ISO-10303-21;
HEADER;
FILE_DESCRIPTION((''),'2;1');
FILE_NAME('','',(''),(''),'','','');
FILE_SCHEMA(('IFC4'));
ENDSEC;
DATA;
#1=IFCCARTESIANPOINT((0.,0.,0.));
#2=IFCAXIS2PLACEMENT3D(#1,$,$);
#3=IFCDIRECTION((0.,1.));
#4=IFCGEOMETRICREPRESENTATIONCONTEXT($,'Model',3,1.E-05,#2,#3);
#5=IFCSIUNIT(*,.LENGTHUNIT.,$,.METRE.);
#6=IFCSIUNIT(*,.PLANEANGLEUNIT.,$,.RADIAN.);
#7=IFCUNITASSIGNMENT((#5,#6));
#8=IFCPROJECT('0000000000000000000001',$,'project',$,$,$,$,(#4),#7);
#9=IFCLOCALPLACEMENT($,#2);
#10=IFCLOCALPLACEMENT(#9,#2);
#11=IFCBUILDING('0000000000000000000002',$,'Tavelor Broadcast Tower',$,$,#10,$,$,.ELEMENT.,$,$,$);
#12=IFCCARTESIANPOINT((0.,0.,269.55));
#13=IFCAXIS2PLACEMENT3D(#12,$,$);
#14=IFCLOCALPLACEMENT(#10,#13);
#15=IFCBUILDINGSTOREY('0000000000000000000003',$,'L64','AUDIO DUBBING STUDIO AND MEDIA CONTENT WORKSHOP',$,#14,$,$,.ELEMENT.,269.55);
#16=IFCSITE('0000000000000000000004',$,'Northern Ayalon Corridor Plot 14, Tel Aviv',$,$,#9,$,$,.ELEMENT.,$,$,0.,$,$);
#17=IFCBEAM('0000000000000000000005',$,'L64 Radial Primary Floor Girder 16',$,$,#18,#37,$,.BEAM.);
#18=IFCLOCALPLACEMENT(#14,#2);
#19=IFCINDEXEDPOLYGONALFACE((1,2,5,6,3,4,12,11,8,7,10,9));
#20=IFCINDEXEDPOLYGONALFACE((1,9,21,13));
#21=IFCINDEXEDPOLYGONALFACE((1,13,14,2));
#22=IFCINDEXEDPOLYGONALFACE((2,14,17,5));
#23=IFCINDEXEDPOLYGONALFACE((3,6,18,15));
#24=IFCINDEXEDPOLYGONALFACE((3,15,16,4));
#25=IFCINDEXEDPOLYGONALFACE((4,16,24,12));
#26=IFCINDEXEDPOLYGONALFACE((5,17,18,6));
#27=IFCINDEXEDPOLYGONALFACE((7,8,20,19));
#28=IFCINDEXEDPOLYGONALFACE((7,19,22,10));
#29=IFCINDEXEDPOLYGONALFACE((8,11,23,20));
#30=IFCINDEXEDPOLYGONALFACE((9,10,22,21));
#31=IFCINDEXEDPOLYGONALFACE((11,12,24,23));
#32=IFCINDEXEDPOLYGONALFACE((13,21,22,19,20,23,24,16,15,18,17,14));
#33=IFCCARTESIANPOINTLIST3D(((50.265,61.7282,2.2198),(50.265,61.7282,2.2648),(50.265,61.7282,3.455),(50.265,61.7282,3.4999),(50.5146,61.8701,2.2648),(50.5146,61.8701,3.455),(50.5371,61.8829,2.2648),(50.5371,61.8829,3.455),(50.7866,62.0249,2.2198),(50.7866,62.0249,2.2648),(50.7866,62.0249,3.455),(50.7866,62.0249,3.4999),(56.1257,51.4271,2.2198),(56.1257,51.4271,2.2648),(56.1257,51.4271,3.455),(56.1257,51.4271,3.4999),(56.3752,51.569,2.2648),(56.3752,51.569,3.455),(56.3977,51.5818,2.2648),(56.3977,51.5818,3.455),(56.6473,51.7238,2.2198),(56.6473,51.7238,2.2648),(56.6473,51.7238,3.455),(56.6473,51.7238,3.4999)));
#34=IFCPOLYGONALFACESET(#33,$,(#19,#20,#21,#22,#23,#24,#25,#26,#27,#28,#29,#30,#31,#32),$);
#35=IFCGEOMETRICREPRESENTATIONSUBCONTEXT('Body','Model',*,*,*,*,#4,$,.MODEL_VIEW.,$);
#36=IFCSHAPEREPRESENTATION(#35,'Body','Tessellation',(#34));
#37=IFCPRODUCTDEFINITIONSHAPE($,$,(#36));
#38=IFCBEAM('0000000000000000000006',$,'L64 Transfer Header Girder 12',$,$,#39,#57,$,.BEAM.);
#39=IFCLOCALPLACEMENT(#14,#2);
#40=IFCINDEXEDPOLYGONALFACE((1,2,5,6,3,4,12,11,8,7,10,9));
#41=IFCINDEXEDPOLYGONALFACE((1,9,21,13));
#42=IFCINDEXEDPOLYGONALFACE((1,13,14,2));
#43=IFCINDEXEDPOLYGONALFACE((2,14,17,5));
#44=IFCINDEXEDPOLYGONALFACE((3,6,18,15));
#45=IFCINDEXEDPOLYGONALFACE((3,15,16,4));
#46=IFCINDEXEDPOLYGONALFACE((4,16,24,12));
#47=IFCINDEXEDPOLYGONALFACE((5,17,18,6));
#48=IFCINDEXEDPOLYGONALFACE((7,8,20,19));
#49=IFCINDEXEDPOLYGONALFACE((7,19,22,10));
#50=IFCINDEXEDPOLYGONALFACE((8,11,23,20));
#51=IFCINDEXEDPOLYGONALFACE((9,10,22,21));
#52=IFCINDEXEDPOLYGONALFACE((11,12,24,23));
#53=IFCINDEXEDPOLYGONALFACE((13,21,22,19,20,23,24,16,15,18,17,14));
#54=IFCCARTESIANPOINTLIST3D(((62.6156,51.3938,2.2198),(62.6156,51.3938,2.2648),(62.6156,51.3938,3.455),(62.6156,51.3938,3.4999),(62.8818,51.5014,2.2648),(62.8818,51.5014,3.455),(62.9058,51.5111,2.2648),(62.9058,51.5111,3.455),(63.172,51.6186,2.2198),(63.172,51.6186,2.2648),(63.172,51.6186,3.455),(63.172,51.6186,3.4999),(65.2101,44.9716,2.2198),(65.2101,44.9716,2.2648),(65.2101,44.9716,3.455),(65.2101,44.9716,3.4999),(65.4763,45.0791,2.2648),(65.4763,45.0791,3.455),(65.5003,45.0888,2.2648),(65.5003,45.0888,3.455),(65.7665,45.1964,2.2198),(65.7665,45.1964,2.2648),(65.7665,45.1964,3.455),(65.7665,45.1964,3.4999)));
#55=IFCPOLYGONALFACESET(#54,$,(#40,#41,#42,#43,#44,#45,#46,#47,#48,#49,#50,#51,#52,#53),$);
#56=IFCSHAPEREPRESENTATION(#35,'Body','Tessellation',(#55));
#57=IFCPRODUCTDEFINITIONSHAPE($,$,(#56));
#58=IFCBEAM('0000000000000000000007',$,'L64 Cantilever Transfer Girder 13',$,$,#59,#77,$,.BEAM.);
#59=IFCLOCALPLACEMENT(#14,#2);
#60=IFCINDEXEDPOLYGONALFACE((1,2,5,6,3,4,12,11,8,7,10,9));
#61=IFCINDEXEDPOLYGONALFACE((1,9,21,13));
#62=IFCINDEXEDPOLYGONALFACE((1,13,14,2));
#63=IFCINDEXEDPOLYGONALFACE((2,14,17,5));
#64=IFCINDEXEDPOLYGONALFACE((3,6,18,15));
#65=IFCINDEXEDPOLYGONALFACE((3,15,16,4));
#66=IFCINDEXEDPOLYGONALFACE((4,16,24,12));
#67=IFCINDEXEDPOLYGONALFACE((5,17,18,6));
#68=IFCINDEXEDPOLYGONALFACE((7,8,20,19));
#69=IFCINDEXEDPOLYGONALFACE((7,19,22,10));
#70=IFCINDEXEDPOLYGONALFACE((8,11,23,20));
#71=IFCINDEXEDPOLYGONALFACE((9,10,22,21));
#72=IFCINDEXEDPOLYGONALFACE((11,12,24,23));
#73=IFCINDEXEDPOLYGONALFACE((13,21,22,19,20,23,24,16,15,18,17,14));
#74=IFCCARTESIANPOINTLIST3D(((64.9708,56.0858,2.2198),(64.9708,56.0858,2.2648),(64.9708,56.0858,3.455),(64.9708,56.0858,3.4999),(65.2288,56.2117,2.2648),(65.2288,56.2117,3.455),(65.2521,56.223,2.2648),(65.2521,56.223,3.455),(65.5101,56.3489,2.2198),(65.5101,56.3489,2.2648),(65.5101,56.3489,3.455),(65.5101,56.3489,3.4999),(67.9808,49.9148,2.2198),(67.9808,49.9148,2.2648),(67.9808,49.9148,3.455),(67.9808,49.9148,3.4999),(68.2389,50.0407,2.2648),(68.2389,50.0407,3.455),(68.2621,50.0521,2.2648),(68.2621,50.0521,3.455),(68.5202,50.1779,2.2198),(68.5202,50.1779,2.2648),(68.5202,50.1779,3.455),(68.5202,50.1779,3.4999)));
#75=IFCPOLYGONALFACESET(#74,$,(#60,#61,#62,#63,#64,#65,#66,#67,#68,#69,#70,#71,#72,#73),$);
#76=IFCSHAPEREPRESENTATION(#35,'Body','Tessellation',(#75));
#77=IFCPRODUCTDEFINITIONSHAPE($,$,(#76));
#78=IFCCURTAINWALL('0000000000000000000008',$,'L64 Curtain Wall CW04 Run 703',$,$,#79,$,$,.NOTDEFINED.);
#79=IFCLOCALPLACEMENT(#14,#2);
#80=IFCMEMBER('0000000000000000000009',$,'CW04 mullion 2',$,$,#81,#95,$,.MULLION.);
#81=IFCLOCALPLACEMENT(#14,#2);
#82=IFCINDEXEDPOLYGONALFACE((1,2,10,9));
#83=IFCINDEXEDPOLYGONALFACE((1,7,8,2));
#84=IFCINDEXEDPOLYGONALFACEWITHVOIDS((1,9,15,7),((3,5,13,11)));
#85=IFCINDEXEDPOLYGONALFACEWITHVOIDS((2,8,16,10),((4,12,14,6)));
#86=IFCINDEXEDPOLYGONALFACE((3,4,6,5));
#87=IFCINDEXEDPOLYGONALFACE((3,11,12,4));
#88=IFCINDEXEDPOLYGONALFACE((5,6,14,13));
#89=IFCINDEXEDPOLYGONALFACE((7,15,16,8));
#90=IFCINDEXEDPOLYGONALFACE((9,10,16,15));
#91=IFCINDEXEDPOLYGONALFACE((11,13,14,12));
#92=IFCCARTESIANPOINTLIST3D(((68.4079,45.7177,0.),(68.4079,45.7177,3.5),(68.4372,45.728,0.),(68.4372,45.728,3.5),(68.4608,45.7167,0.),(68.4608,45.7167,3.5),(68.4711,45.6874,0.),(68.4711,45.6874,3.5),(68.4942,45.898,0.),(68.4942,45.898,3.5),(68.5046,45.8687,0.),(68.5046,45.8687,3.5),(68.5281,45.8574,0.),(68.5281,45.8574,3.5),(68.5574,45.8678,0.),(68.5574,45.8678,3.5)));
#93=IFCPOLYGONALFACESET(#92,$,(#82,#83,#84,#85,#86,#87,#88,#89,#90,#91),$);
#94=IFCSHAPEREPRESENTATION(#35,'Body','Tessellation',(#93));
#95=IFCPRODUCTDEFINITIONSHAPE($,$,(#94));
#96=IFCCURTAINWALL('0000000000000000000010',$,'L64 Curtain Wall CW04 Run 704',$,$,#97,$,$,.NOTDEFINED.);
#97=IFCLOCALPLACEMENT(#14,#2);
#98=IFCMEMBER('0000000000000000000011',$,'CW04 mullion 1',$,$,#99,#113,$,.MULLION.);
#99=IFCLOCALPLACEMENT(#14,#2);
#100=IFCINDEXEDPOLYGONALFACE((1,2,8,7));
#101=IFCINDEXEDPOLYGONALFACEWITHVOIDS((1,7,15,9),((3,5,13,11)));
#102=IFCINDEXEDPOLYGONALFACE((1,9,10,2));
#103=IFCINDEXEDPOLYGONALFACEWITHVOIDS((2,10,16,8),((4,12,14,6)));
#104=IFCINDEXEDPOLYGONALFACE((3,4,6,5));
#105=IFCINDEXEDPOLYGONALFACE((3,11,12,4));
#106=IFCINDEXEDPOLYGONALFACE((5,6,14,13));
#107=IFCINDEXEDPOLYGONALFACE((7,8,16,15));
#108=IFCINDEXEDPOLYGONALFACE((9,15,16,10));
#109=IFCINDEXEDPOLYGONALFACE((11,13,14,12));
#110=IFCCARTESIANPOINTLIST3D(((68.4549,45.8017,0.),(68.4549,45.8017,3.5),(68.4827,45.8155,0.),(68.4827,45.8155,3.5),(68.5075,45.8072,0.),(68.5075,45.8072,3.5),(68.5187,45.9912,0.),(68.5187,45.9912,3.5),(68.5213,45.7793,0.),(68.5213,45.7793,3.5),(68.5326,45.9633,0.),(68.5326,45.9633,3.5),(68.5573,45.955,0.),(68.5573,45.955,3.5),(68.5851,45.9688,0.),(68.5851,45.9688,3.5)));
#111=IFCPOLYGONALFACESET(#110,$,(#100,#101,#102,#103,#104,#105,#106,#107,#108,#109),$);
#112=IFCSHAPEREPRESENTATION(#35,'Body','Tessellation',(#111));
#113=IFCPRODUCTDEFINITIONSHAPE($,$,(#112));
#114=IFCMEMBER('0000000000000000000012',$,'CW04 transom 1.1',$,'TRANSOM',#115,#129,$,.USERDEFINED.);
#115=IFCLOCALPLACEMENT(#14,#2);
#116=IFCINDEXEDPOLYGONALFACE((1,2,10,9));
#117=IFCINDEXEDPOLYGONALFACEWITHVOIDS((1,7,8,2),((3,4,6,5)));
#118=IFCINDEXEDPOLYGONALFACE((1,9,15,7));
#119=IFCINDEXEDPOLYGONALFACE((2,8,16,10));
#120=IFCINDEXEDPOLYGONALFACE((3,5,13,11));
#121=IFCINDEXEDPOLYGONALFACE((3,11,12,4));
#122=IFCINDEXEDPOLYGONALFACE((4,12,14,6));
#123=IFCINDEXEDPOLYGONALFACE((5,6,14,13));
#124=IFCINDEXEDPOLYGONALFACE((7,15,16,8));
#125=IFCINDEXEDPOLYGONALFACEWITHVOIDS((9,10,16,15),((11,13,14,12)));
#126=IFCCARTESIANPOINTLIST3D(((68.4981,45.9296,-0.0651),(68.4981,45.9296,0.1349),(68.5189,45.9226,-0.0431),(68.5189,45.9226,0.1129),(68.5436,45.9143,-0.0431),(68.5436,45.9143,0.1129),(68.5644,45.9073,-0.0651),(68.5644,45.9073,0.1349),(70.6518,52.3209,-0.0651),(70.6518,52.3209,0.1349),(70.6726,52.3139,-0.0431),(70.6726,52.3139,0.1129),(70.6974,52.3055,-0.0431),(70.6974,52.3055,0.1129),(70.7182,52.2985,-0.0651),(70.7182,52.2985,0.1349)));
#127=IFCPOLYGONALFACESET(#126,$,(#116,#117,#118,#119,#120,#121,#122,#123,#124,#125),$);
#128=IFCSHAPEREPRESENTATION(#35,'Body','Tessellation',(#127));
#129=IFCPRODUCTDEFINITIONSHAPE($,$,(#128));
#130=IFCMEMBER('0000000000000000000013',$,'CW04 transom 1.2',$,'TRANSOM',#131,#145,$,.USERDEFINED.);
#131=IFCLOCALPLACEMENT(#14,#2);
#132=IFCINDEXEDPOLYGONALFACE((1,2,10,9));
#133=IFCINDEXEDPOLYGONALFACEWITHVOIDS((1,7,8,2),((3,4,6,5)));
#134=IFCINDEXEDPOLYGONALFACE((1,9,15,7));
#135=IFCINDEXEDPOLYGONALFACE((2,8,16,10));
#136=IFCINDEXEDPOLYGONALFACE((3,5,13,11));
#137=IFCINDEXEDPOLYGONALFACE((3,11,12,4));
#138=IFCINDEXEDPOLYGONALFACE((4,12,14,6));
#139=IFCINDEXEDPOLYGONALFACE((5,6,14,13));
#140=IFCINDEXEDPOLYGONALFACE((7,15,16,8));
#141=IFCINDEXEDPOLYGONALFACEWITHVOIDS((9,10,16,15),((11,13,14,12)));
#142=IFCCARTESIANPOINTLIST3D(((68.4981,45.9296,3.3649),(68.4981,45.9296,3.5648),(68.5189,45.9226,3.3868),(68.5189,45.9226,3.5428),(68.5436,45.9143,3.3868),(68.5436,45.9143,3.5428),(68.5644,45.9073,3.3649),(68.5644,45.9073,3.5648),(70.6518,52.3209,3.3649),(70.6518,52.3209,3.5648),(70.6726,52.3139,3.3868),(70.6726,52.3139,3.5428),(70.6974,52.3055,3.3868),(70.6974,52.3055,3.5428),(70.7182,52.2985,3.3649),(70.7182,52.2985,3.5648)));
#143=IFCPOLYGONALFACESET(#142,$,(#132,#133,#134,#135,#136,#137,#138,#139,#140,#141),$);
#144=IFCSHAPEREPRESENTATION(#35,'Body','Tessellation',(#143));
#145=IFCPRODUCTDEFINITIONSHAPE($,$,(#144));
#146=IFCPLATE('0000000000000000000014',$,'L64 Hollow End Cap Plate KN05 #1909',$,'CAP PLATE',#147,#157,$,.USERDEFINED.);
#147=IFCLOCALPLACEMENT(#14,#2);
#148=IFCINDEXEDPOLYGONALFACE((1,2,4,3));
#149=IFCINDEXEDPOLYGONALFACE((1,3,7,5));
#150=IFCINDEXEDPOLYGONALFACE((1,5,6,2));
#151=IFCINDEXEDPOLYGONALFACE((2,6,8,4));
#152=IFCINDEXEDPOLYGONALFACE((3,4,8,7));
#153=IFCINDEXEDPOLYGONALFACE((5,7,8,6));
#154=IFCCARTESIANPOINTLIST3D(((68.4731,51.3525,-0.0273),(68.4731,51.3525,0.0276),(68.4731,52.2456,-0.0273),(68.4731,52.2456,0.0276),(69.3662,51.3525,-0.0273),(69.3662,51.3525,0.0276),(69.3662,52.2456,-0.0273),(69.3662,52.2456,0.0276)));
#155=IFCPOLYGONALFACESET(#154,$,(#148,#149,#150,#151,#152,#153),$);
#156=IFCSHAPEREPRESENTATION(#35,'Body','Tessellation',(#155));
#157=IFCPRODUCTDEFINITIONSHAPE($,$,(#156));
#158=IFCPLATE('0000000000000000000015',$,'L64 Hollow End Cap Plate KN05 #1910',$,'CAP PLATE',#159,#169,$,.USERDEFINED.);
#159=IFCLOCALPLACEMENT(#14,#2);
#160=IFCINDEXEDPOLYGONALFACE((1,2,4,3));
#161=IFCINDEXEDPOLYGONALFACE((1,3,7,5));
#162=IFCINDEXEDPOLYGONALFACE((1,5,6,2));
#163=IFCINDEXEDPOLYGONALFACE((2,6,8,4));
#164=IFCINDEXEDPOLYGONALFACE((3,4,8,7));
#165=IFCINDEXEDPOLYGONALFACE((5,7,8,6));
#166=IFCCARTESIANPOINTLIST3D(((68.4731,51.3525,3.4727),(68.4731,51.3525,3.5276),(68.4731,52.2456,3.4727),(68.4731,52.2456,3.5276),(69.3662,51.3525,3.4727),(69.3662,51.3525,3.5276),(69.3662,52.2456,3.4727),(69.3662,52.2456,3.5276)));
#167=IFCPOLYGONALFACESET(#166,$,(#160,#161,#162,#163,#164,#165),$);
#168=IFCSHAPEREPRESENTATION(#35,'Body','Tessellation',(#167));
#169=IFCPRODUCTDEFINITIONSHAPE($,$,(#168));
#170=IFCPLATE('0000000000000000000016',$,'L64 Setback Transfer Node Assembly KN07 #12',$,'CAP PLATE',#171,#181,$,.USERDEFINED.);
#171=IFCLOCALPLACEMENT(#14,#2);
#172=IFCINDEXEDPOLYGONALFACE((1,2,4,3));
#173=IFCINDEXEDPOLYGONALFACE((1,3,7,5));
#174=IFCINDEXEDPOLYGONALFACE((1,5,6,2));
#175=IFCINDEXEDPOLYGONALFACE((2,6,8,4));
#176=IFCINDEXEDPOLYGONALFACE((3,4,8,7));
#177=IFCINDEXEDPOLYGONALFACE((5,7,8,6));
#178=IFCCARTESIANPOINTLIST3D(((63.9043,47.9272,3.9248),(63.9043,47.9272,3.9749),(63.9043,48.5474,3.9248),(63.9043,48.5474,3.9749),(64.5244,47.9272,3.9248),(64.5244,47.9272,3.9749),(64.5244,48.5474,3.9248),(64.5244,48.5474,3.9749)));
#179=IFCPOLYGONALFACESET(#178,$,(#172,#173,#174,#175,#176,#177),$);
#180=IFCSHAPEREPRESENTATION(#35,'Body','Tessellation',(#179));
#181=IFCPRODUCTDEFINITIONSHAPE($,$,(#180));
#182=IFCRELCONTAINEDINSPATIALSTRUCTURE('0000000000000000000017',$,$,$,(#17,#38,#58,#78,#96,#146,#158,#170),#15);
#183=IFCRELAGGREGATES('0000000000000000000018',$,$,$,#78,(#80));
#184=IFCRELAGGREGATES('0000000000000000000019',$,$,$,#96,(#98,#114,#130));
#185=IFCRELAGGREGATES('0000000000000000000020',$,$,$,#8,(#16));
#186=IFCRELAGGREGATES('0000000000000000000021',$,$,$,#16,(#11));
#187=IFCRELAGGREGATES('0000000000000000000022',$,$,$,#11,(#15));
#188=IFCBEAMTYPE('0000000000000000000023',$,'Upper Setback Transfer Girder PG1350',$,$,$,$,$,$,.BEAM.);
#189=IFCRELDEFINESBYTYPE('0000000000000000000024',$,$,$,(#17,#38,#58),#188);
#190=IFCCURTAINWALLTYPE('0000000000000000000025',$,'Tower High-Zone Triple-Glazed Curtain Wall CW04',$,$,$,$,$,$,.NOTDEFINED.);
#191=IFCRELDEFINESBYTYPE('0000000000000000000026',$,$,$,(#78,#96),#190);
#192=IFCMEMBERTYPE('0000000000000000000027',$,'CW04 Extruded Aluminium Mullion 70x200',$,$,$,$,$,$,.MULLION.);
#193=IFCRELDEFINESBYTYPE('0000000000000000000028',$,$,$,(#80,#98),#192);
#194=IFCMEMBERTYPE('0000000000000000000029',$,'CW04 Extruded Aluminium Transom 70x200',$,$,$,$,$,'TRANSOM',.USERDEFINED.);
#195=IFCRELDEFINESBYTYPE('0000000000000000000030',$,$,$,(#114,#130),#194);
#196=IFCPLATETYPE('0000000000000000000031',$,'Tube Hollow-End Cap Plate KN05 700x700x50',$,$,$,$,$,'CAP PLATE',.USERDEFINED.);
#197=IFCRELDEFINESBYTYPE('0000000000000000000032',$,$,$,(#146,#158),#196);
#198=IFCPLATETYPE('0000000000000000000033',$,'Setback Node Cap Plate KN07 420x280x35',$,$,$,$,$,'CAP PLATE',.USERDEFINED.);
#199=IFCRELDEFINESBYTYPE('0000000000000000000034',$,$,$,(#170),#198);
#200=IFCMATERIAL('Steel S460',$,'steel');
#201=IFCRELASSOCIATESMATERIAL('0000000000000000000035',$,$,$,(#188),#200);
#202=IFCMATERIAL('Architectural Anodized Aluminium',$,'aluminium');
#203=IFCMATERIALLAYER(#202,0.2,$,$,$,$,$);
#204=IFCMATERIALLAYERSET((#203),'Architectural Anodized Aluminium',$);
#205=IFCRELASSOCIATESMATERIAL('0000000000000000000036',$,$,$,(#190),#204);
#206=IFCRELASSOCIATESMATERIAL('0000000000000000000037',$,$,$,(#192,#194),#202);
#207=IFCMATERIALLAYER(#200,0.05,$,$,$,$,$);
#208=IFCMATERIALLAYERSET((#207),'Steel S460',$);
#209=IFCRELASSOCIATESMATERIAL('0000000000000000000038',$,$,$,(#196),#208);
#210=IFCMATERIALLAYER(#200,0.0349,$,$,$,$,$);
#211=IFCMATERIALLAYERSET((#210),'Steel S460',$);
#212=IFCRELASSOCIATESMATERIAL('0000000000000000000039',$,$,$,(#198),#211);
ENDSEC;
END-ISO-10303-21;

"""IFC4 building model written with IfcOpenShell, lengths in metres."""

from ifc_helpers import new_model, si_unit, direction, frame, origin, origin_2d, place, context, subcontext, project, spatial, rectangle, hollow_rectangle, i_section, extrude, source, transform, mapped, material, layer, layer_set, material_profile, profile_set, type_object, type_shapes, element, aggregate, save


model = new_model("IFC4")

# Units and contexts
model_context = context("Model", 3, precision=1e-05, world=origin(), true_north=direction((0.0, 1.0)))
body_context = subcontext(model_context, "Body", "Model", "MODEL_VIEW")
ifc_project = project(units=[si_unit("LENGTHUNIT", "METRE"), si_unit("PLANEANGLEUNIT", "RADIAN")], contexts=[model_context])

# Site, building, storey
site_placement = place(None, origin())
site = spatial("IfcSite", under=ifc_project, at=site_placement, Name="Northern Ayalon Corridor Plot 14, Tel Aviv", CompositionType="ELEMENT", RefElevation=0.0)
building_placement = place(site_placement, origin())
building = spatial("IfcBuilding", under=site, at=building_placement, Name="Tavelor Broadcast Tower", CompositionType="ELEMENT")
storey_placement = place(building_placement, frame((0.0, 0.0, 269.55)))
storey = spatial("IfcBuildingStorey", under=building, at=storey_placement, Name="L64", Description="AUDIO DUBBING STUDIO AND MEDIA CONTENT WORKSHOP", CompositionType="ELEMENT", Elevation=269.55)

# Shared definitions
ifc_material_1 = material(Name="Steel S460", Category="steel")

# Beams
ifc_material_profile_1 = material_profile(ifc_material_1, i_section(OverallWidth=0.6001, OverallDepth=1.28, WebThickness=0.0259, FlangeThickness=0.0449, at=origin_2d()), Name="PG 1280x600")
ifc_profile_set_1 = profile_set([ifc_material_profile_1], Name="Steel S460")
beam_type_1 = type_object("IfcBeamType", Name="Upper Setback Transfer Girder PG1350", PredefinedType="BEAM", material=ifc_profile_set_1)
beam_1_placement = place(storey_placement, frame((56.3865, 51.5754, 2.8599), z_axis=(-0.494503, 0.869176, 0.0), x_axis=(-0.869176, -0.494503, 0.0)))
element("IfcBeam", 1, at=beam_1_placement, inside=storey, type_object=beam_type_1, Name="L64 Radial Primary Floor Girder 16", PredefinedType="BEAM", context=body_context, shape_type="SweptSolid", body=[
    extrude(i_section(OverallWidth=0.6001, OverallDepth=1.28, WebThickness=0.0259, FlangeThickness=0.0449, at=origin_2d()), origin(), (0.0, 0.0, 1.0), 11.8516),
])
beam_2_placement = place(storey_placement, frame((65.4883, 45.084, 2.8599), z_axis=(-0.374579, 0.927195, 0.0), x_axis=(-0.927195, -0.374579, 0.0)))
element("IfcBeam", 2, at=beam_2_placement, inside=storey, type_object=beam_type_1, Name="L64 Transfer Header Girder 12", PredefinedType="BEAM", context=body_context, shape_type="SweptSolid", body=[
    extrude(i_section(OverallWidth=0.6001, OverallDepth=1.28, WebThickness=0.0259, FlangeThickness=0.0449, at=origin_2d()), origin(), (0.0, 0.0, 1.0), 6.9265),
])
beam_3_placement = place(storey_placement, frame((68.2505, 50.0464, 2.8599), z_axis=(-0.438402, 0.898779, 0.0), x_axis=(-0.898779, -0.438402, 0.0)))
element("IfcBeam", 3, at=beam_3_placement, inside=storey, type_object=beam_type_1, Name="L64 Cantilever Transfer Girder 13", PredefinedType="BEAM", context=body_context, shape_type="SweptSolid", body=[
    extrude(i_section(OverallWidth=0.6001, OverallDepth=1.28, WebThickness=0.0259, FlangeThickness=0.0449, at=origin_2d()), origin(), (0.0, 0.0, 1.0), 6.866),
])

# Curtain wall, member
ifc_material_2 = material(Name="Architectural Anodized Aluminium", Category="aluminium")
ifc_layer_1 = layer(ifc_material_2, 0.2)
ifc_layer_set_1 = layer_set([ifc_layer_1], Name="Architectural Anodized Aluminium")
curtain_wall_type = type_object("IfcCurtainWallType", Name="Tower High-Zone Triple-Glazed Curtain Wall CW04", PredefinedType="NOTDEFINED", material=ifc_layer_set_1)
curtain_wall_1_placement = place(storey_placement, origin())
curtain_wall_1 = element("IfcCurtainWall", 4, at=curtain_wall_1_placement, inside=storey, type_object=curtain_wall_type, Name="L64 Curtain Wall CW04 Run 703", PredefinedType="NOTDEFINED")
ifc_material_profile_2 = material_profile(ifc_material_2, hollow_rectangle(XDim=0.0701, YDim=0.2, WallThickness=0.022, at=origin_2d()), Name="RHS 70x200x22")
ifc_profile_set_2 = profile_set([ifc_material_profile_2], Name="Architectural Anodized Aluminium")
member_type_1 = type_object("IfcMemberType", Name="CW04 Extruded Aluminium Mullion 70x200", PredefinedType="MULLION", material=ifc_profile_set_2)
shared_shape_1 = source(origin(), body_context, "Body", "SweptSolid", [
    extrude(hollow_rectangle(XDim=0.0701, YDim=0.2, WallThickness=0.022, at=origin_2d()), origin(), (0.0, 0.0, 1.0), 3.5),
])
type_shapes(member_type_1, [shared_shape_1])
member_1_placement = place(storey_placement, frame((68.4827, 45.7927, 0.0), z_axis=(0.0, 0.0, 1.0), x_axis=(-0.902027, 0.431679, 0.0)))
member_1 = element("IfcMember", 5, at=member_1_placement, type_object=member_type_1, Name="CW04 mullion 2", PredefinedType="MULLION", context=body_context, shape_type="MappedRepresentation", body=[
    mapped(shared_shape_1, transform((0.0, 0.0, 0.0), scale=1.0)),
])
aggregate(curtain_wall_1, [member_1])

# Curtain wall, members
curtain_wall_2_placement = place(storey_placement, origin())
curtain_wall_2 = element("IfcCurtainWall", 6, at=curtain_wall_2_placement, inside=storey, type_object=curtain_wall_type, Name="L64 Curtain Wall CW04 Run 704", PredefinedType="NOTDEFINED")
member_2_placement = place(storey_placement, frame((68.52, 45.8853, 0.0), z_axis=(0.0, 0.0, 1.0), x_axis=(-0.947635, 0.319355, 0.0)))
member_2 = element("IfcMember", 7, at=member_2_placement, type_object=member_type_1, Name="CW04 mullion 1", PredefinedType="MULLION", context=body_context, shape_type="MappedRepresentation", body=[
    mapped(shared_shape_1, transform((0.0, 0.0, 0.0), scale=1.0)),
])
ifc_material_profile_3 = material_profile(ifc_material_2, hollow_rectangle(XDim=0.0701, YDim=0.2, WallThickness=0.022, at=origin_2d()), Name="RHS 70x200x22")
ifc_profile_set_3 = profile_set([ifc_material_profile_3], Name="Architectural Anodized Aluminium")
member_type_2 = type_object("IfcMemberType", Name="CW04 Extruded Aluminium Transom 70x200", ElementType="TRANSOM", PredefinedType="USERDEFINED", material=ifc_profile_set_3)
shared_shape_2 = source(origin(), body_context, "Body", "SweptSolid", [
    extrude(hollow_rectangle(XDim=0.0701, YDim=0.2, WallThickness=0.022, at=origin_2d()), origin(), (0.0, 0.0, 1.0), 6.7444),
])
type_shapes(member_type_2, [shared_shape_2])
member_3_placement = place(storey_placement, frame((68.5312, 45.9185, 0.0349), z_axis=(0.319343, 0.947639, 0.0), x_axis=(-0.947639, 0.319343, 0.0)))
member_3 = element("IfcMember", 8, at=member_3_placement, type_object=member_type_2, Name="CW04 transom 1.1", ObjectType="TRANSOM", PredefinedType="USERDEFINED", context=body_context, shape_type="MappedRepresentation", body=[
    mapped(shared_shape_2, transform((0.0, 0.0, 0.0), scale=1.0)),
])
member_4_placement = place(storey_placement, frame((68.5312, 45.9185, 3.4648), z_axis=(0.319343, 0.947639, 0.0), x_axis=(-0.947639, 0.319343, 0.0)))
member_4 = element("IfcMember", 9, at=member_4_placement, type_object=member_type_2, Name="CW04 transom 1.2", ObjectType="TRANSOM", PredefinedType="USERDEFINED", context=body_context, shape_type="MappedRepresentation", body=[
    mapped(shared_shape_2, transform((0.0, 0.0, 0.0), scale=1.0)),
])

# Plates
ifc_layer_2 = layer(ifc_material_1, 0.05)
ifc_layer_set_2 = layer_set([ifc_layer_2], Name="Steel S460")
plate_type_1 = type_object("IfcPlateType", Name="Tube Hollow-End Cap Plate KN05 700x700x50", ElementType="CAP PLATE", PredefinedType="USERDEFINED", material=ifc_layer_set_2)
shared_shape_3 = source(origin(), body_context, "Body", "SweptSolid", [
    extrude(rectangle(XDim=0.8931, YDim=0.8931, at=origin_2d()), origin(), (0.0, 0.0, 1.0), 0.0549),
])
type_shapes(plate_type_1, [shared_shape_3])
for number, where, z_axis, x_axis, name in (
    (10, (68.9197, 51.7991, -0.0273), (0.0, 0.0, 1.0), (1.0, 0.0, 0.0), "L64 Hollow End Cap Plate KN05 #1909"),
    (11, (68.9197, 51.7991, 3.4727), (0.0, 0.0, 1.0), (1.0, 0.0, 0.0), "L64 Hollow End Cap Plate KN05 #1910"),
):
    element("IfcPlate", number, at=place(storey_placement, frame(where, z_axis=z_axis, x_axis=x_axis)), inside=storey, type_object=plate_type_1, Name=name, ObjectType="CAP PLATE", PredefinedType="USERDEFINED", context=body_context, shape_type="MappedRepresentation", body=[
        mapped(shared_shape_3, transform((0.0, 0.0, 0.0), scale=1.0)),
    ])
ifc_layer_3 = layer(ifc_material_1, 0.0349)
ifc_layer_set_3 = layer_set([ifc_layer_3], Name="Steel S460")
plate_type_2 = type_object("IfcPlateType", Name="Setback Node Cap Plate KN07 420x280x35", ElementType="CAP PLATE", PredefinedType="USERDEFINED", material=ifc_layer_set_3)
shared_shape_4 = source(origin(), body_context, "Body", "SweptSolid", [
    extrude(rectangle(XDim=0.6201, YDim=0.6201, at=origin_2d()), origin(), (0.0, 0.0, 1.0), 0.05),
])
type_shapes(plate_type_2, [shared_shape_4])
plate_1_placement = place(storey_placement, frame((64.2144, 48.2373, 3.9248), z_axis=(0.0, 0.0, 1.0), x_axis=(1.0, 0.0, 0.0)))
element("IfcPlate", 12, at=plate_1_placement, inside=storey, type_object=plate_type_2, Name="L64 Setback Transfer Node Assembly KN07 #12", ObjectType="CAP PLATE", PredefinedType="USERDEFINED", context=body_context, shape_type="MappedRepresentation", body=[
    mapped(shared_shape_4, transform((0.0, 0.0, 0.0), scale=1.0)),
])

aggregate(curtain_wall_2, [member_2, member_3, member_4])

save(model, "model.ifc")
